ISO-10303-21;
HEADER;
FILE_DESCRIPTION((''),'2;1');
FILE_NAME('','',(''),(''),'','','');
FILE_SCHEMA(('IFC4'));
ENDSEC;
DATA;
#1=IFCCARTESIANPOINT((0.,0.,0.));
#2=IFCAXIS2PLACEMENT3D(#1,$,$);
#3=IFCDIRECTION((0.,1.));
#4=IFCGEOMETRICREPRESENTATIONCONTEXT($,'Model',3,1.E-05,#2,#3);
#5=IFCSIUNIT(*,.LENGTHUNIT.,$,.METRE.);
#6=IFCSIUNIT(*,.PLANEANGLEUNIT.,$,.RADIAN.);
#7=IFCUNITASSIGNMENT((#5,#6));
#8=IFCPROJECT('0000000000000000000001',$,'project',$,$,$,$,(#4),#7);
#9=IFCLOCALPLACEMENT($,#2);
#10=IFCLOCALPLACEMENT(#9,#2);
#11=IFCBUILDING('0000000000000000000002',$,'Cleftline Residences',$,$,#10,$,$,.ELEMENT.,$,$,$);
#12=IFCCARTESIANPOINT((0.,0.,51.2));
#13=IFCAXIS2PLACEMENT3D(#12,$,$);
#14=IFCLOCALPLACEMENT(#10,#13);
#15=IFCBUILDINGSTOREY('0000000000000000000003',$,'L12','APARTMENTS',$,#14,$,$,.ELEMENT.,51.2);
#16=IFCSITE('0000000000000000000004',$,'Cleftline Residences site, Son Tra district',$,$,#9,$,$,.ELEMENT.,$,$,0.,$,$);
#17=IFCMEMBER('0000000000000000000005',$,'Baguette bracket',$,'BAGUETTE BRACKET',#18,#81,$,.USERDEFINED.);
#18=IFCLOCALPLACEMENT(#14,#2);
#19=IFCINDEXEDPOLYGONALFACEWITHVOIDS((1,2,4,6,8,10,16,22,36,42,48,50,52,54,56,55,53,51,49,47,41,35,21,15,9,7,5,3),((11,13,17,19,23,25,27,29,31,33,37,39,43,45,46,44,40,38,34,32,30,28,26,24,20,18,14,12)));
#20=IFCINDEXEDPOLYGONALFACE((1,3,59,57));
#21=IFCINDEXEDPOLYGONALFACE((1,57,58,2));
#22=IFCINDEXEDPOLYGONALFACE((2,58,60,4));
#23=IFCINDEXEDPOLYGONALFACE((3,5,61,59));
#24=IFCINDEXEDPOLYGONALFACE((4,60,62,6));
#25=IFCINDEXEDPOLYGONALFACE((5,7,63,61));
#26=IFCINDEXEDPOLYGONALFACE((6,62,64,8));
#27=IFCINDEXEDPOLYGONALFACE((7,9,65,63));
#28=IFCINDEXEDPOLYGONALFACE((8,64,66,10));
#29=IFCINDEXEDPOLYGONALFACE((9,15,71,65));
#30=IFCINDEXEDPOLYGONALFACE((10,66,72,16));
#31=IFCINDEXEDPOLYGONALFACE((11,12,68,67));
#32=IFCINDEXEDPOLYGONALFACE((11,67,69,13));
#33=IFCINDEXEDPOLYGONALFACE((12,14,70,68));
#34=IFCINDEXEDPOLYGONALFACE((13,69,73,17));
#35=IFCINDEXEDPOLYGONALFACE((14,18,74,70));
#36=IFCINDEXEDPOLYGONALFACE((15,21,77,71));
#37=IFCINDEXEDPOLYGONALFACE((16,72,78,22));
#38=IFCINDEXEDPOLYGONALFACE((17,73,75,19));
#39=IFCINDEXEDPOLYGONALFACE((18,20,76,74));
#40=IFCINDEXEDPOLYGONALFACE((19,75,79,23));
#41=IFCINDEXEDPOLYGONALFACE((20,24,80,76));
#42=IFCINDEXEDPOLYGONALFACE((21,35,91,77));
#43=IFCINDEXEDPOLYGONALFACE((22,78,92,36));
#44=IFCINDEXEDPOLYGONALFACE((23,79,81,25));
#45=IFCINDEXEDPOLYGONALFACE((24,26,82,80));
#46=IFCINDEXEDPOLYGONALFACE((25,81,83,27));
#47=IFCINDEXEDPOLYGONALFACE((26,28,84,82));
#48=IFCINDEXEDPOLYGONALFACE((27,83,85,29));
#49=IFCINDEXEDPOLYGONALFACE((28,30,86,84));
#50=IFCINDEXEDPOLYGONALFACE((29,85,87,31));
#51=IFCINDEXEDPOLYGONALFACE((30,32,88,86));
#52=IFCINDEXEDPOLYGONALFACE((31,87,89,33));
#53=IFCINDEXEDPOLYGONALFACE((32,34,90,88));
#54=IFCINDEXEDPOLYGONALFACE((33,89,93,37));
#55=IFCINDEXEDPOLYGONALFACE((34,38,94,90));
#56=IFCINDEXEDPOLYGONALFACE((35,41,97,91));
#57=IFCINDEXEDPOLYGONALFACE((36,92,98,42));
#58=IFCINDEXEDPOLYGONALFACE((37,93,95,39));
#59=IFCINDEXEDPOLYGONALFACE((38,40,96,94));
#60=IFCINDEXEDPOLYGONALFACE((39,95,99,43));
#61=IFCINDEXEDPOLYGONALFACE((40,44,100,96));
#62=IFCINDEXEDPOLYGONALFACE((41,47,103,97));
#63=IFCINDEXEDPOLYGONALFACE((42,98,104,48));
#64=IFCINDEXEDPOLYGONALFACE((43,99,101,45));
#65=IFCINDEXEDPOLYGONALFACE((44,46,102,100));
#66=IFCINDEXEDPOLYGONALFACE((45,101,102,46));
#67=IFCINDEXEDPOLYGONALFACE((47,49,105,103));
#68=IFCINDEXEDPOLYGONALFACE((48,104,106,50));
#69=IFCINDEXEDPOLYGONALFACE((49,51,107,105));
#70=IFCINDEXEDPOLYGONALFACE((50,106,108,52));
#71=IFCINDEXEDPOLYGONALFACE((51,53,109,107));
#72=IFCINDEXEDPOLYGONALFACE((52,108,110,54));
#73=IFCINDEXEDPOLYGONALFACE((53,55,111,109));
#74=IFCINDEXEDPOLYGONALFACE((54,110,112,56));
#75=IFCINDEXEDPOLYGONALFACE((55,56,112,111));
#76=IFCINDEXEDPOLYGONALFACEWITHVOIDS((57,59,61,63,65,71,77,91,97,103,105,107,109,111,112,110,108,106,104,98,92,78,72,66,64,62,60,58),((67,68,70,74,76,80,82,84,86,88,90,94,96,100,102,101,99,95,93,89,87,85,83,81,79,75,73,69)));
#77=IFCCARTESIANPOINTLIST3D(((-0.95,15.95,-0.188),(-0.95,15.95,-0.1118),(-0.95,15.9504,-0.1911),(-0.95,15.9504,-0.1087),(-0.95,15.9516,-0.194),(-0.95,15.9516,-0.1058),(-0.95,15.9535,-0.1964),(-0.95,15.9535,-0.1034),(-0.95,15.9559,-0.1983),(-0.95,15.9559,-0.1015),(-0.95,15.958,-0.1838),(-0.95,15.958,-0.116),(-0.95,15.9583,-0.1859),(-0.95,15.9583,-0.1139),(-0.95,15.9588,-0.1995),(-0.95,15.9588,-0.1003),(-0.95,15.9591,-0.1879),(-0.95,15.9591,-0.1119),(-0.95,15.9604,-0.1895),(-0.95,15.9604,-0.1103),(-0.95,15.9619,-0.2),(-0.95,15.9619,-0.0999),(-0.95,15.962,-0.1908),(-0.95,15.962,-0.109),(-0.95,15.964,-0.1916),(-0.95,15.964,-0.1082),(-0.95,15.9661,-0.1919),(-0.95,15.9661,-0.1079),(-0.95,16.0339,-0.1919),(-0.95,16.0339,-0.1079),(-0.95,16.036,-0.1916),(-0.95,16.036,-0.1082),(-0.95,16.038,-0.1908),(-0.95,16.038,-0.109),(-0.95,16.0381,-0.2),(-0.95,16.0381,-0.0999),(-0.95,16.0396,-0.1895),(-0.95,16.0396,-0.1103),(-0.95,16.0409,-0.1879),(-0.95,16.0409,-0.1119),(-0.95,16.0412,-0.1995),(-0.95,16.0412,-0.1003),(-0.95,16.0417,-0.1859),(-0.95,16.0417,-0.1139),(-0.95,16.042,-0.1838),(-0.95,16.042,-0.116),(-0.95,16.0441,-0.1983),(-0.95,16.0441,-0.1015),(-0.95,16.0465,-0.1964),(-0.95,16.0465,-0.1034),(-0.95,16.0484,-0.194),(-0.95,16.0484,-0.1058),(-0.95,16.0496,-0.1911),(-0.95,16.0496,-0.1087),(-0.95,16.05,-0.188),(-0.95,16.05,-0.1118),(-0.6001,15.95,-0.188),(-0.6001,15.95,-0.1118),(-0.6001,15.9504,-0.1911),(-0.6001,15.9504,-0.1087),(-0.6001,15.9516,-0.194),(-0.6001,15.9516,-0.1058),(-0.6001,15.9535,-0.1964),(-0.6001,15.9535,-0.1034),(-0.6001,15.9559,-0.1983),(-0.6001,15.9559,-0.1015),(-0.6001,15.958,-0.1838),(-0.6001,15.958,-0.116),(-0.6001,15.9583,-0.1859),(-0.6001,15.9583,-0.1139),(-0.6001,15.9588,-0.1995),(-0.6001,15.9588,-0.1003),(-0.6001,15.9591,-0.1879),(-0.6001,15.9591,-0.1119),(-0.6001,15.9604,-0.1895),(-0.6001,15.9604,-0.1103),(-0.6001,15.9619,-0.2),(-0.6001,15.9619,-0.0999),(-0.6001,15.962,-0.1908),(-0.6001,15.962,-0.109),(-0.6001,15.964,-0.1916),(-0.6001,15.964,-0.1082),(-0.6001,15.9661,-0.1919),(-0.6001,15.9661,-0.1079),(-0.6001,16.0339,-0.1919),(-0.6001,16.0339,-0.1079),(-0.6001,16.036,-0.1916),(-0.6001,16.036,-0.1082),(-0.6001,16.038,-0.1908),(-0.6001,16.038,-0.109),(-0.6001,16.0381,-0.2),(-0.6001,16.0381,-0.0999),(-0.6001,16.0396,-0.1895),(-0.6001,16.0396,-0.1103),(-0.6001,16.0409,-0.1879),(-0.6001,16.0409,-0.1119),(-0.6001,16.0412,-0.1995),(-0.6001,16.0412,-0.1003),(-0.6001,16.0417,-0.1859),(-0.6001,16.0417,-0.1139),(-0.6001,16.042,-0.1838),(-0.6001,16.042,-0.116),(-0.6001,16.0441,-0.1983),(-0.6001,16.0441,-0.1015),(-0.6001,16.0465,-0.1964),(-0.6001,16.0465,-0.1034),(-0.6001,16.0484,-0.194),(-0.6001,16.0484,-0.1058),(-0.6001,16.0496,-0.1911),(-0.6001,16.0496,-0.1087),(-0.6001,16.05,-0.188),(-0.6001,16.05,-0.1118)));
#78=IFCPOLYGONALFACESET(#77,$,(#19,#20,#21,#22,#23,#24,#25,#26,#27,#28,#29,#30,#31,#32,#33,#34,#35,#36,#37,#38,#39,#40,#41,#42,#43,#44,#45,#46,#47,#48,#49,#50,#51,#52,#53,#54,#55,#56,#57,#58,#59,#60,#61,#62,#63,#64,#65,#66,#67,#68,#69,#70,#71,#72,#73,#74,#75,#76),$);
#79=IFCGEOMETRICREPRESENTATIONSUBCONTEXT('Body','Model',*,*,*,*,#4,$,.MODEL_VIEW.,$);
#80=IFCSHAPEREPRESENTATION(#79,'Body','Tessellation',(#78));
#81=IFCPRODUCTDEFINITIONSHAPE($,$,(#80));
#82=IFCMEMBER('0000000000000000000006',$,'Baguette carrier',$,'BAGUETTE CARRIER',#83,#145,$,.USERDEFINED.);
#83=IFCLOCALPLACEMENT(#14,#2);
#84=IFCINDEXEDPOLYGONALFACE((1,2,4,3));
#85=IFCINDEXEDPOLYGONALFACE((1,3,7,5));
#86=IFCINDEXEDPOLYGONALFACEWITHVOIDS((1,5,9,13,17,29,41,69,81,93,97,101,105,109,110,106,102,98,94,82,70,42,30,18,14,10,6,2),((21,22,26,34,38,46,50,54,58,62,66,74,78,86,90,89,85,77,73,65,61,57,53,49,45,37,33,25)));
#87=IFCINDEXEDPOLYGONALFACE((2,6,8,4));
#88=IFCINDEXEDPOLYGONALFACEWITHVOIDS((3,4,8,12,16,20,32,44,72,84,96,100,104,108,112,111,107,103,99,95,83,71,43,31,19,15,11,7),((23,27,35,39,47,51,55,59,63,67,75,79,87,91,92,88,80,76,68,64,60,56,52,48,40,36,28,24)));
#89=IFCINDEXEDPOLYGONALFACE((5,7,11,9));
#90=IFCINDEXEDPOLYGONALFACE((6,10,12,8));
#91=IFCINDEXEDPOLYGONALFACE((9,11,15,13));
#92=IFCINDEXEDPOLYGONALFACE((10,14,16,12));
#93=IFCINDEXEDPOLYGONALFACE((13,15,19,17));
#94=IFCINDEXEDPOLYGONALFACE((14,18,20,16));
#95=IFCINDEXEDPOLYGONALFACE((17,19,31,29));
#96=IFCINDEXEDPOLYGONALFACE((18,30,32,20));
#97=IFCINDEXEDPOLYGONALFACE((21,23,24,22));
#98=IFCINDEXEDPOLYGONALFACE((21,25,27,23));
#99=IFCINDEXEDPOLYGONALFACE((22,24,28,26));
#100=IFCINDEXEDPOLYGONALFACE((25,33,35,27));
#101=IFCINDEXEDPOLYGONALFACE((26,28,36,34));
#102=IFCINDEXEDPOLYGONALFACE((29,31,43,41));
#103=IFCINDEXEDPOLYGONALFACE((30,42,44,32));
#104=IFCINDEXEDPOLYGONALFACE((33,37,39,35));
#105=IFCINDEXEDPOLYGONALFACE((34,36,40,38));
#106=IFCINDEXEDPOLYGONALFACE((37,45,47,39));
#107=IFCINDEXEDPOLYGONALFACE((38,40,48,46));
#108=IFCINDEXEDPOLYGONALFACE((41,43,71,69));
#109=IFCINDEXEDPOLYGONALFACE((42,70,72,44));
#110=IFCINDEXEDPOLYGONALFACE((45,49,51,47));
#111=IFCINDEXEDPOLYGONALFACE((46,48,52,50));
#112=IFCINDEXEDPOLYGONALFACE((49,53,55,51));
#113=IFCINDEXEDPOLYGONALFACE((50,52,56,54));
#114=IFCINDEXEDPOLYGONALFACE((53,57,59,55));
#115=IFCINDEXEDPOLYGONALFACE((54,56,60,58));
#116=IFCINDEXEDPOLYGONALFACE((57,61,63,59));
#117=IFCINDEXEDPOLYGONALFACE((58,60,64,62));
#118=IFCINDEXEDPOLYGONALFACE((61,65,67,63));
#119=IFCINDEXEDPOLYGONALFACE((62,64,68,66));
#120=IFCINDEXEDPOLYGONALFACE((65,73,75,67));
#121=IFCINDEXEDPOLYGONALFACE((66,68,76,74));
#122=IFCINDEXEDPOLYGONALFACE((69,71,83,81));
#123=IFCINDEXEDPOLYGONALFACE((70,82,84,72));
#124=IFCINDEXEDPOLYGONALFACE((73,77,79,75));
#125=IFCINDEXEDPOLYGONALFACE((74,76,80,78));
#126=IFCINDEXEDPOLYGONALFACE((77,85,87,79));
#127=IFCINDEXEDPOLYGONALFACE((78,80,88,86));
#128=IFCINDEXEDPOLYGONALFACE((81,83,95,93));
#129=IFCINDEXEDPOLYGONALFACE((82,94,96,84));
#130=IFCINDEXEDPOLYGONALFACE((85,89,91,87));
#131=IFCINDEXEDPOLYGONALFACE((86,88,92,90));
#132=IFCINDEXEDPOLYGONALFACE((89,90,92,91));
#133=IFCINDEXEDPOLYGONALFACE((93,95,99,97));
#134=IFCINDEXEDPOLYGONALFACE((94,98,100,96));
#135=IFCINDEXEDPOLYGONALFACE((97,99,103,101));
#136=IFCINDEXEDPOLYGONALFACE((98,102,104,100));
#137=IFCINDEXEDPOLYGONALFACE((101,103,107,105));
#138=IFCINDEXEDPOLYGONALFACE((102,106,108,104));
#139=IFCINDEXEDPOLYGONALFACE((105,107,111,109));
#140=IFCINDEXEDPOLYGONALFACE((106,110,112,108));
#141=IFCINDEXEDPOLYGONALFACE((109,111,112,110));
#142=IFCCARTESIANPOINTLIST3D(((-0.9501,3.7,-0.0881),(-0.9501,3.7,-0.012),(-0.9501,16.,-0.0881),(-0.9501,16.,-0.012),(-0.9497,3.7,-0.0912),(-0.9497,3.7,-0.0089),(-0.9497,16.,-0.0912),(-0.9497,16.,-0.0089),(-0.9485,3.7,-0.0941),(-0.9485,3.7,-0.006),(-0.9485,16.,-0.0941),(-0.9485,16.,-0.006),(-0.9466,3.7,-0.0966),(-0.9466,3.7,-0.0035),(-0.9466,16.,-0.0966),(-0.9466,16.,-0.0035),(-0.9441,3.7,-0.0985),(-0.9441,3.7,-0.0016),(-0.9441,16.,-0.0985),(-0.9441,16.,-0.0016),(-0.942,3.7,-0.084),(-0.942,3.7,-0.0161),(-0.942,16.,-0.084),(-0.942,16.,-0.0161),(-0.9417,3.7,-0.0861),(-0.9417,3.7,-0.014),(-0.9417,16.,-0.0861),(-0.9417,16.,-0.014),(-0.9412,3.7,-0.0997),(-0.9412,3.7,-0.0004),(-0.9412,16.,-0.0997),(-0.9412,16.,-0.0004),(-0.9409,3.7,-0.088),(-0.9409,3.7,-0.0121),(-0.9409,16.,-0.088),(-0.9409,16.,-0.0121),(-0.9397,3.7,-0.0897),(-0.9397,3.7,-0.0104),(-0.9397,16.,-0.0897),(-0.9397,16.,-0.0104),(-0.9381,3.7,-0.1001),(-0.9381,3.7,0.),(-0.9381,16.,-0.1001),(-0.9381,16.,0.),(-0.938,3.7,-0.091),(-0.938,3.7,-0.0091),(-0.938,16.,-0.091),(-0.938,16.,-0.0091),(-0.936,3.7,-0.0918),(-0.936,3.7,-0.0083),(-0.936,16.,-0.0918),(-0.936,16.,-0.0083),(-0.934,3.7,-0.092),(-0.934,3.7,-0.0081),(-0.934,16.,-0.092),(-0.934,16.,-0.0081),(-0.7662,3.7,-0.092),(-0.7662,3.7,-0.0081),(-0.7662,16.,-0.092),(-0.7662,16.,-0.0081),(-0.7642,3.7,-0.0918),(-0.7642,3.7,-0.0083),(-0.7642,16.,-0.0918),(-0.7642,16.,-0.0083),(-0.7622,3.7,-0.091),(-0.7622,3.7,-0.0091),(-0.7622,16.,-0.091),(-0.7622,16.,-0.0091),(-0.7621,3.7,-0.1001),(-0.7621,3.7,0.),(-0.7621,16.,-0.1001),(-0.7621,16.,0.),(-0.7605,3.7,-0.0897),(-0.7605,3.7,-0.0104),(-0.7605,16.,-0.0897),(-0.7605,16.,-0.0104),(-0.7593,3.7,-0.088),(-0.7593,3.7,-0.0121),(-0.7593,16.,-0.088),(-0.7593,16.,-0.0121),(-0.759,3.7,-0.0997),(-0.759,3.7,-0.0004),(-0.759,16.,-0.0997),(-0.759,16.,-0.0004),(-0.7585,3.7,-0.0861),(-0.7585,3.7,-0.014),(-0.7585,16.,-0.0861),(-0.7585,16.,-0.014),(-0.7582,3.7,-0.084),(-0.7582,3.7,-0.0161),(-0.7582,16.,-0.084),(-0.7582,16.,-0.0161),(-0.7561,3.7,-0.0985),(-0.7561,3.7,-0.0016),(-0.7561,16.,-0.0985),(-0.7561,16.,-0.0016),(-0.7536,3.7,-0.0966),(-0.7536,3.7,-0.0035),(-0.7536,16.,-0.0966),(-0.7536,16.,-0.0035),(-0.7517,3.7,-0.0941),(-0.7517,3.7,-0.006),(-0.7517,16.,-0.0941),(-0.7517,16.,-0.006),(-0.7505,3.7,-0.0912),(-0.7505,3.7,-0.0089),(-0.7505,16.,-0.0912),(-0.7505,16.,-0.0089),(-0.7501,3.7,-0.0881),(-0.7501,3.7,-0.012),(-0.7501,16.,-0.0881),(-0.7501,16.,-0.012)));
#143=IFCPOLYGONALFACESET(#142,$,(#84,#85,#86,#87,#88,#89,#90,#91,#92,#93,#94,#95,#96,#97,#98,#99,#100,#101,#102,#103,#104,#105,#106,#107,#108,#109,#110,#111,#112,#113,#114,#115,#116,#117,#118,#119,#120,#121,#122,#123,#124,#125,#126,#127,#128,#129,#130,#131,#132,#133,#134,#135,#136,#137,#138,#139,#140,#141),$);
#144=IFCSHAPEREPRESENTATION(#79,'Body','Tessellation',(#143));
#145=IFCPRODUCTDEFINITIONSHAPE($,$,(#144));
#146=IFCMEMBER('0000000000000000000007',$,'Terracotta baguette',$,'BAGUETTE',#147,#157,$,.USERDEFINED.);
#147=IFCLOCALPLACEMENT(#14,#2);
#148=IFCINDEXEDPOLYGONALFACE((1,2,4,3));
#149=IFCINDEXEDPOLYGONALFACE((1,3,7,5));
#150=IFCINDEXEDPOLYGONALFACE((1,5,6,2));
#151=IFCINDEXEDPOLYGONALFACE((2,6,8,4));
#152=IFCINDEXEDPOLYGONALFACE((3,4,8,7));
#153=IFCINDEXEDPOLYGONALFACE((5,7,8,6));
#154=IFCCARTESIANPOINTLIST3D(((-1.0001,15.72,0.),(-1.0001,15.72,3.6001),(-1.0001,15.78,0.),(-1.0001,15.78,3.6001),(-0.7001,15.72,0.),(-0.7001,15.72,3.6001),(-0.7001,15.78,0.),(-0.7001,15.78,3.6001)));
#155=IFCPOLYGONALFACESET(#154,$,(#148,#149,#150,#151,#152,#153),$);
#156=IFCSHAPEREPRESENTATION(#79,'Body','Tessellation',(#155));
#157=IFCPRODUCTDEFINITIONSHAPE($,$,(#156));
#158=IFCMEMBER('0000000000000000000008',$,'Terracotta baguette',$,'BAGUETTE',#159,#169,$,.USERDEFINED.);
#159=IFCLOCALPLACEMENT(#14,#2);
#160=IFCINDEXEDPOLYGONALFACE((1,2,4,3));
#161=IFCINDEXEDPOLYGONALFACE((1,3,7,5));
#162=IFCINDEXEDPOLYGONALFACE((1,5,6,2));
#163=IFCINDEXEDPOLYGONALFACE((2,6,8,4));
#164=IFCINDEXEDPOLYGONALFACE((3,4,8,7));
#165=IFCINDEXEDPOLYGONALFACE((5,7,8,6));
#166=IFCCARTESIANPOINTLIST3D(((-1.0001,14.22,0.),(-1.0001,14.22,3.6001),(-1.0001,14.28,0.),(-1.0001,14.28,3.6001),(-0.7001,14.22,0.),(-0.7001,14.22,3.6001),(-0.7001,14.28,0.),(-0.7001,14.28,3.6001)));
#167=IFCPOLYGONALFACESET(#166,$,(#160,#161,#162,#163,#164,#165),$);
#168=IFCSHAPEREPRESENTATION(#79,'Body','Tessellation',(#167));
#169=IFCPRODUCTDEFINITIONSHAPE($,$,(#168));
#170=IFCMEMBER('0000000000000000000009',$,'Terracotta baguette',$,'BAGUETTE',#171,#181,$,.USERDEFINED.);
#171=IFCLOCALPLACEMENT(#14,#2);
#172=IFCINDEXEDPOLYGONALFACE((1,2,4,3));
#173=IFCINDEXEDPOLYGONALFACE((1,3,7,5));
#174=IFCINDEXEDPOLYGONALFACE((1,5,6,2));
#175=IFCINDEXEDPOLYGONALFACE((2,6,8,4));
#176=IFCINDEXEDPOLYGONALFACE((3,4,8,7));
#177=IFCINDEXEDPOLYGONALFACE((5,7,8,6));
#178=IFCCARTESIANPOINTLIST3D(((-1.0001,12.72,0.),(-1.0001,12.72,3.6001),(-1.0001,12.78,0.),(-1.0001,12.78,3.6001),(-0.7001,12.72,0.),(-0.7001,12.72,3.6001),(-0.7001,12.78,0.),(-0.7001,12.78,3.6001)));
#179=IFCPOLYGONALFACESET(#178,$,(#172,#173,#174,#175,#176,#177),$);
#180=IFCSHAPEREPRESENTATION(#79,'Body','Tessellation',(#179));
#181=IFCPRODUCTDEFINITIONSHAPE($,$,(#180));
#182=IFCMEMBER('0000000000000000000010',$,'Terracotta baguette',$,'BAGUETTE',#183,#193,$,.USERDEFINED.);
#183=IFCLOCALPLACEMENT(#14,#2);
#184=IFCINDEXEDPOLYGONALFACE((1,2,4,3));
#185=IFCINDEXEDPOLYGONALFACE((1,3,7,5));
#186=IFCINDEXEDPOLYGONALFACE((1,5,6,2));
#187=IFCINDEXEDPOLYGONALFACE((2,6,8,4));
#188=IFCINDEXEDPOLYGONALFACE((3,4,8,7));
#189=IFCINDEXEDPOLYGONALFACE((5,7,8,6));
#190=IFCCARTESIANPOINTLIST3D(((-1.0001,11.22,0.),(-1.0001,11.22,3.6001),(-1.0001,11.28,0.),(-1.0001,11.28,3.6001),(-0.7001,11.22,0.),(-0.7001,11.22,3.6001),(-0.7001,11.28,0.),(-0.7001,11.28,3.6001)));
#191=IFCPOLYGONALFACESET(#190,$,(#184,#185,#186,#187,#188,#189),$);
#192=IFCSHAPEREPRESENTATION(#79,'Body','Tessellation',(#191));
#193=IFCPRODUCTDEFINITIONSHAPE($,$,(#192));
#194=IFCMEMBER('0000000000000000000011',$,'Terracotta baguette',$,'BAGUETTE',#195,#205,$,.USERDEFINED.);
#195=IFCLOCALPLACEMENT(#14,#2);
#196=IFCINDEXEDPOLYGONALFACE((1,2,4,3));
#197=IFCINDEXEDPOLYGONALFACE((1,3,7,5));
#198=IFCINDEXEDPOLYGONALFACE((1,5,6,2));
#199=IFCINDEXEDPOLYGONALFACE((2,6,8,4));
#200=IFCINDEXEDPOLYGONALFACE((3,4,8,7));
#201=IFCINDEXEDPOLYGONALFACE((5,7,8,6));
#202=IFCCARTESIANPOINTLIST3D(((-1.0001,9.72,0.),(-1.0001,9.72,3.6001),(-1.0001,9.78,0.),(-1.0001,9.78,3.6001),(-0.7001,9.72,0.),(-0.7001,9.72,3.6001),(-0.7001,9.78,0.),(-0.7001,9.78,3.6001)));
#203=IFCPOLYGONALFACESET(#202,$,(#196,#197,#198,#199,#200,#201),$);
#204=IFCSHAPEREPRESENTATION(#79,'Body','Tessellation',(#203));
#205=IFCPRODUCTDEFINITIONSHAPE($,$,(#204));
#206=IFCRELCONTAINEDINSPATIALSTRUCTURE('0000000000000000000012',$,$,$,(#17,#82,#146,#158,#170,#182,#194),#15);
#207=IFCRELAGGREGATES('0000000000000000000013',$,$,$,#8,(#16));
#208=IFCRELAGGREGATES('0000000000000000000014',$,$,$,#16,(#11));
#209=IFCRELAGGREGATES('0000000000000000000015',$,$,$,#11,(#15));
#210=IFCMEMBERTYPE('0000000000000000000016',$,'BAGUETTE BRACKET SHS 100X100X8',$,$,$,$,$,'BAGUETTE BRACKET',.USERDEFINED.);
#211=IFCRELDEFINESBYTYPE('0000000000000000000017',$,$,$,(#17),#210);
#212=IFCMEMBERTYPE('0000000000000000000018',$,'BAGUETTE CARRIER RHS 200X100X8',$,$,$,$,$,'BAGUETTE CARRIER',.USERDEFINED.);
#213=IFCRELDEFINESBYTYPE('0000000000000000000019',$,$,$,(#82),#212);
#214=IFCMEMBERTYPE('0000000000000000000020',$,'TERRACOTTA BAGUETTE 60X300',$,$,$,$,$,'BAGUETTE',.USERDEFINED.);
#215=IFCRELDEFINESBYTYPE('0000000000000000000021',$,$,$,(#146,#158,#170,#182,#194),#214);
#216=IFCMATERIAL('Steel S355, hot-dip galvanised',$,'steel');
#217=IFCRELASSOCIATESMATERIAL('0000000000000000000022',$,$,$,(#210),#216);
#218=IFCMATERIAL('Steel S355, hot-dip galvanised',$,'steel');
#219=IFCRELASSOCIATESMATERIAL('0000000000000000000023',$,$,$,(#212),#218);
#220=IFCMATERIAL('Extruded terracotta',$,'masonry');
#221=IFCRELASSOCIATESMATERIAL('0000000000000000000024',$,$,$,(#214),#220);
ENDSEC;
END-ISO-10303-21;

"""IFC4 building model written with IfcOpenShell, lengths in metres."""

from ifc_helpers import new_model, si_unit, direction, frame, origin, origin_2d, place, context, subcontext, project, spatial, rectangle, hollow_rectangle, extrude, material, material_profile, profile_set, type_object, element, save


model = new_model("IFC4")

# Units and contexts
model_context = context("Model", 3, precision=1e-05, world=origin(), true_north=direction((0.0, 1.0)))
body_context = subcontext(model_context, "Body", "Model", "MODEL_VIEW")
ifc_project = project(units=[si_unit("LENGTHUNIT", "METRE"), si_unit("PLANEANGLEUNIT", "RADIAN")], contexts=[model_context])

# Site, building, storey
site_placement = place(None, origin())
site = spatial("IfcSite", under=ifc_project, at=site_placement, Name="Cleftline Residences site, Son Tra district", CompositionType="ELEMENT", RefElevation=0.0)
building_placement = place(site_placement, origin())
building = spatial("IfcBuilding", under=site, at=building_placement, Name="Cleftline Residences", CompositionType="ELEMENT")
storey_placement = place(building_placement, frame((0.0, 0.0, 51.2)))
storey = spatial("IfcBuildingStorey", under=building, at=storey_placement, Name="L12", Description="APARTMENTS", CompositionType="ELEMENT", Elevation=51.2)

# Members
ifc_material_1 = material(Name="Steel S355, hot-dip galvanised", Category="steel")
ifc_material_profile_1 = material_profile(ifc_material_1, hollow_rectangle(XDim=0.1001, YDim=0.1001, WallThickness=0.0081, InnerFilletRadius=0.0081, OuterFilletRadius=0.012, at=origin_2d()))
ifc_profile_set_1 = profile_set([ifc_material_profile_1], Name="Steel S355, hot-dip galvanised")
member_type_1 = type_object("IfcMemberType", Name="BAGUETTE BRACKET SHS 100X100X8", ElementType="BAGUETTE BRACKET", PredefinedType="USERDEFINED", material=ifc_profile_set_1)
member_1_placement = place(storey_placement, frame((-0.6001, 16.0, -0.1499), z_axis=(-1.0, 0.0, 0.0), x_axis=(0.0, -1.0, 0.0)))
element("IfcMember", 1, at=member_1_placement, inside=storey, type_object=member_type_1, Name="Baguette bracket", ObjectType="BAGUETTE BRACKET", PredefinedType="USERDEFINED", context=body_context, shape_type="SweptSolid", body=[
    extrude(hollow_rectangle(XDim=0.1001, YDim=0.1001, WallThickness=0.0081, InnerFilletRadius=0.0081, OuterFilletRadius=0.012, at=origin_2d()), origin(), (0.0, 0.0, 1.0), 0.3499),
])
ifc_material_2 = material(Name="Steel S355, hot-dip galvanised", Category="steel")
ifc_material_profile_2 = material_profile(ifc_material_2, hollow_rectangle(XDim=0.1001, YDim=0.2, WallThickness=0.0081, InnerFilletRadius=0.0081, OuterFilletRadius=0.012, at=origin_2d()))
ifc_profile_set_2 = profile_set([ifc_material_profile_2], Name="Steel S355, hot-dip galvanised")
member_type_2 = type_object("IfcMemberType", Name="BAGUETTE CARRIER RHS 200X100X8", ElementType="BAGUETTE CARRIER", PredefinedType="USERDEFINED", material=ifc_profile_set_2)
member_2_placement = place(storey_placement, frame((-0.8501, 16.0, -0.05), z_axis=(0.0, -1.0, 0.0), x_axis=(0.0, 0.0, 1.0)))
element("IfcMember", 2, at=member_2_placement, inside=storey, type_object=member_type_2, Name="Baguette carrier", ObjectType="BAGUETTE CARRIER", PredefinedType="USERDEFINED", context=body_context, shape_type="SweptSolid", body=[
    extrude(hollow_rectangle(XDim=0.1001, YDim=0.2, WallThickness=0.0081, InnerFilletRadius=0.0081, OuterFilletRadius=0.012, at=origin_2d()), origin(), (0.0, 0.0, 1.0), 12.3),
])
ifc_material_3 = material(Name="Extruded terracotta", Category="masonry")
ifc_material_profile_3 = material_profile(ifc_material_3, rectangle(XDim=0.0601, YDim=0.3, at=origin_2d()))
ifc_profile_set_3 = profile_set([ifc_material_profile_3], Name="Extruded terracotta")
member_type_3 = type_object("IfcMemberType", Name="TERRACOTTA BAGUETTE 60X300", ElementType="BAGUETTE", PredefinedType="USERDEFINED", material=ifc_profile_set_3)
for number, where, z_axis, x_axis, name in (
    (3, (-0.8501, 15.75, 0.0), (0.0, 0.0, 1.0), (0.0, 1.0, 0.0), "Terracotta baguette"),
    (4, (-0.8501, 14.25, 0.0), (0.0, 0.0, 1.0), (0.0, 1.0, 0.0), "Terracotta baguette"),
    (5, (-0.8501, 12.75, 0.0), (0.0, 0.0, 1.0), (0.0, 1.0, 0.0), "Terracotta baguette"),
    (6, (-0.8501, 11.25, 0.0), (0.0, 0.0, 1.0), (0.0, 1.0, 0.0), "Terracotta baguette"),
    (7, (-0.8501, 9.75, 0.0), (0.0, 0.0, 1.0), (0.0, 1.0, 0.0), "Terracotta baguette"),
):
    element("IfcMember", number, at=place(storey_placement, frame(where, z_axis=z_axis, x_axis=x_axis)), inside=storey, type_object=member_type_3, Name=name, ObjectType="BAGUETTE", PredefinedType="USERDEFINED", context=body_context, shape_type="SweptSolid", body=[
        extrude(rectangle(XDim=0.0601, YDim=0.3, at=origin_2d()), origin(), (0.0, 0.0, 1.0), 3.6001),
    ])

save(model, "model.ifc")
